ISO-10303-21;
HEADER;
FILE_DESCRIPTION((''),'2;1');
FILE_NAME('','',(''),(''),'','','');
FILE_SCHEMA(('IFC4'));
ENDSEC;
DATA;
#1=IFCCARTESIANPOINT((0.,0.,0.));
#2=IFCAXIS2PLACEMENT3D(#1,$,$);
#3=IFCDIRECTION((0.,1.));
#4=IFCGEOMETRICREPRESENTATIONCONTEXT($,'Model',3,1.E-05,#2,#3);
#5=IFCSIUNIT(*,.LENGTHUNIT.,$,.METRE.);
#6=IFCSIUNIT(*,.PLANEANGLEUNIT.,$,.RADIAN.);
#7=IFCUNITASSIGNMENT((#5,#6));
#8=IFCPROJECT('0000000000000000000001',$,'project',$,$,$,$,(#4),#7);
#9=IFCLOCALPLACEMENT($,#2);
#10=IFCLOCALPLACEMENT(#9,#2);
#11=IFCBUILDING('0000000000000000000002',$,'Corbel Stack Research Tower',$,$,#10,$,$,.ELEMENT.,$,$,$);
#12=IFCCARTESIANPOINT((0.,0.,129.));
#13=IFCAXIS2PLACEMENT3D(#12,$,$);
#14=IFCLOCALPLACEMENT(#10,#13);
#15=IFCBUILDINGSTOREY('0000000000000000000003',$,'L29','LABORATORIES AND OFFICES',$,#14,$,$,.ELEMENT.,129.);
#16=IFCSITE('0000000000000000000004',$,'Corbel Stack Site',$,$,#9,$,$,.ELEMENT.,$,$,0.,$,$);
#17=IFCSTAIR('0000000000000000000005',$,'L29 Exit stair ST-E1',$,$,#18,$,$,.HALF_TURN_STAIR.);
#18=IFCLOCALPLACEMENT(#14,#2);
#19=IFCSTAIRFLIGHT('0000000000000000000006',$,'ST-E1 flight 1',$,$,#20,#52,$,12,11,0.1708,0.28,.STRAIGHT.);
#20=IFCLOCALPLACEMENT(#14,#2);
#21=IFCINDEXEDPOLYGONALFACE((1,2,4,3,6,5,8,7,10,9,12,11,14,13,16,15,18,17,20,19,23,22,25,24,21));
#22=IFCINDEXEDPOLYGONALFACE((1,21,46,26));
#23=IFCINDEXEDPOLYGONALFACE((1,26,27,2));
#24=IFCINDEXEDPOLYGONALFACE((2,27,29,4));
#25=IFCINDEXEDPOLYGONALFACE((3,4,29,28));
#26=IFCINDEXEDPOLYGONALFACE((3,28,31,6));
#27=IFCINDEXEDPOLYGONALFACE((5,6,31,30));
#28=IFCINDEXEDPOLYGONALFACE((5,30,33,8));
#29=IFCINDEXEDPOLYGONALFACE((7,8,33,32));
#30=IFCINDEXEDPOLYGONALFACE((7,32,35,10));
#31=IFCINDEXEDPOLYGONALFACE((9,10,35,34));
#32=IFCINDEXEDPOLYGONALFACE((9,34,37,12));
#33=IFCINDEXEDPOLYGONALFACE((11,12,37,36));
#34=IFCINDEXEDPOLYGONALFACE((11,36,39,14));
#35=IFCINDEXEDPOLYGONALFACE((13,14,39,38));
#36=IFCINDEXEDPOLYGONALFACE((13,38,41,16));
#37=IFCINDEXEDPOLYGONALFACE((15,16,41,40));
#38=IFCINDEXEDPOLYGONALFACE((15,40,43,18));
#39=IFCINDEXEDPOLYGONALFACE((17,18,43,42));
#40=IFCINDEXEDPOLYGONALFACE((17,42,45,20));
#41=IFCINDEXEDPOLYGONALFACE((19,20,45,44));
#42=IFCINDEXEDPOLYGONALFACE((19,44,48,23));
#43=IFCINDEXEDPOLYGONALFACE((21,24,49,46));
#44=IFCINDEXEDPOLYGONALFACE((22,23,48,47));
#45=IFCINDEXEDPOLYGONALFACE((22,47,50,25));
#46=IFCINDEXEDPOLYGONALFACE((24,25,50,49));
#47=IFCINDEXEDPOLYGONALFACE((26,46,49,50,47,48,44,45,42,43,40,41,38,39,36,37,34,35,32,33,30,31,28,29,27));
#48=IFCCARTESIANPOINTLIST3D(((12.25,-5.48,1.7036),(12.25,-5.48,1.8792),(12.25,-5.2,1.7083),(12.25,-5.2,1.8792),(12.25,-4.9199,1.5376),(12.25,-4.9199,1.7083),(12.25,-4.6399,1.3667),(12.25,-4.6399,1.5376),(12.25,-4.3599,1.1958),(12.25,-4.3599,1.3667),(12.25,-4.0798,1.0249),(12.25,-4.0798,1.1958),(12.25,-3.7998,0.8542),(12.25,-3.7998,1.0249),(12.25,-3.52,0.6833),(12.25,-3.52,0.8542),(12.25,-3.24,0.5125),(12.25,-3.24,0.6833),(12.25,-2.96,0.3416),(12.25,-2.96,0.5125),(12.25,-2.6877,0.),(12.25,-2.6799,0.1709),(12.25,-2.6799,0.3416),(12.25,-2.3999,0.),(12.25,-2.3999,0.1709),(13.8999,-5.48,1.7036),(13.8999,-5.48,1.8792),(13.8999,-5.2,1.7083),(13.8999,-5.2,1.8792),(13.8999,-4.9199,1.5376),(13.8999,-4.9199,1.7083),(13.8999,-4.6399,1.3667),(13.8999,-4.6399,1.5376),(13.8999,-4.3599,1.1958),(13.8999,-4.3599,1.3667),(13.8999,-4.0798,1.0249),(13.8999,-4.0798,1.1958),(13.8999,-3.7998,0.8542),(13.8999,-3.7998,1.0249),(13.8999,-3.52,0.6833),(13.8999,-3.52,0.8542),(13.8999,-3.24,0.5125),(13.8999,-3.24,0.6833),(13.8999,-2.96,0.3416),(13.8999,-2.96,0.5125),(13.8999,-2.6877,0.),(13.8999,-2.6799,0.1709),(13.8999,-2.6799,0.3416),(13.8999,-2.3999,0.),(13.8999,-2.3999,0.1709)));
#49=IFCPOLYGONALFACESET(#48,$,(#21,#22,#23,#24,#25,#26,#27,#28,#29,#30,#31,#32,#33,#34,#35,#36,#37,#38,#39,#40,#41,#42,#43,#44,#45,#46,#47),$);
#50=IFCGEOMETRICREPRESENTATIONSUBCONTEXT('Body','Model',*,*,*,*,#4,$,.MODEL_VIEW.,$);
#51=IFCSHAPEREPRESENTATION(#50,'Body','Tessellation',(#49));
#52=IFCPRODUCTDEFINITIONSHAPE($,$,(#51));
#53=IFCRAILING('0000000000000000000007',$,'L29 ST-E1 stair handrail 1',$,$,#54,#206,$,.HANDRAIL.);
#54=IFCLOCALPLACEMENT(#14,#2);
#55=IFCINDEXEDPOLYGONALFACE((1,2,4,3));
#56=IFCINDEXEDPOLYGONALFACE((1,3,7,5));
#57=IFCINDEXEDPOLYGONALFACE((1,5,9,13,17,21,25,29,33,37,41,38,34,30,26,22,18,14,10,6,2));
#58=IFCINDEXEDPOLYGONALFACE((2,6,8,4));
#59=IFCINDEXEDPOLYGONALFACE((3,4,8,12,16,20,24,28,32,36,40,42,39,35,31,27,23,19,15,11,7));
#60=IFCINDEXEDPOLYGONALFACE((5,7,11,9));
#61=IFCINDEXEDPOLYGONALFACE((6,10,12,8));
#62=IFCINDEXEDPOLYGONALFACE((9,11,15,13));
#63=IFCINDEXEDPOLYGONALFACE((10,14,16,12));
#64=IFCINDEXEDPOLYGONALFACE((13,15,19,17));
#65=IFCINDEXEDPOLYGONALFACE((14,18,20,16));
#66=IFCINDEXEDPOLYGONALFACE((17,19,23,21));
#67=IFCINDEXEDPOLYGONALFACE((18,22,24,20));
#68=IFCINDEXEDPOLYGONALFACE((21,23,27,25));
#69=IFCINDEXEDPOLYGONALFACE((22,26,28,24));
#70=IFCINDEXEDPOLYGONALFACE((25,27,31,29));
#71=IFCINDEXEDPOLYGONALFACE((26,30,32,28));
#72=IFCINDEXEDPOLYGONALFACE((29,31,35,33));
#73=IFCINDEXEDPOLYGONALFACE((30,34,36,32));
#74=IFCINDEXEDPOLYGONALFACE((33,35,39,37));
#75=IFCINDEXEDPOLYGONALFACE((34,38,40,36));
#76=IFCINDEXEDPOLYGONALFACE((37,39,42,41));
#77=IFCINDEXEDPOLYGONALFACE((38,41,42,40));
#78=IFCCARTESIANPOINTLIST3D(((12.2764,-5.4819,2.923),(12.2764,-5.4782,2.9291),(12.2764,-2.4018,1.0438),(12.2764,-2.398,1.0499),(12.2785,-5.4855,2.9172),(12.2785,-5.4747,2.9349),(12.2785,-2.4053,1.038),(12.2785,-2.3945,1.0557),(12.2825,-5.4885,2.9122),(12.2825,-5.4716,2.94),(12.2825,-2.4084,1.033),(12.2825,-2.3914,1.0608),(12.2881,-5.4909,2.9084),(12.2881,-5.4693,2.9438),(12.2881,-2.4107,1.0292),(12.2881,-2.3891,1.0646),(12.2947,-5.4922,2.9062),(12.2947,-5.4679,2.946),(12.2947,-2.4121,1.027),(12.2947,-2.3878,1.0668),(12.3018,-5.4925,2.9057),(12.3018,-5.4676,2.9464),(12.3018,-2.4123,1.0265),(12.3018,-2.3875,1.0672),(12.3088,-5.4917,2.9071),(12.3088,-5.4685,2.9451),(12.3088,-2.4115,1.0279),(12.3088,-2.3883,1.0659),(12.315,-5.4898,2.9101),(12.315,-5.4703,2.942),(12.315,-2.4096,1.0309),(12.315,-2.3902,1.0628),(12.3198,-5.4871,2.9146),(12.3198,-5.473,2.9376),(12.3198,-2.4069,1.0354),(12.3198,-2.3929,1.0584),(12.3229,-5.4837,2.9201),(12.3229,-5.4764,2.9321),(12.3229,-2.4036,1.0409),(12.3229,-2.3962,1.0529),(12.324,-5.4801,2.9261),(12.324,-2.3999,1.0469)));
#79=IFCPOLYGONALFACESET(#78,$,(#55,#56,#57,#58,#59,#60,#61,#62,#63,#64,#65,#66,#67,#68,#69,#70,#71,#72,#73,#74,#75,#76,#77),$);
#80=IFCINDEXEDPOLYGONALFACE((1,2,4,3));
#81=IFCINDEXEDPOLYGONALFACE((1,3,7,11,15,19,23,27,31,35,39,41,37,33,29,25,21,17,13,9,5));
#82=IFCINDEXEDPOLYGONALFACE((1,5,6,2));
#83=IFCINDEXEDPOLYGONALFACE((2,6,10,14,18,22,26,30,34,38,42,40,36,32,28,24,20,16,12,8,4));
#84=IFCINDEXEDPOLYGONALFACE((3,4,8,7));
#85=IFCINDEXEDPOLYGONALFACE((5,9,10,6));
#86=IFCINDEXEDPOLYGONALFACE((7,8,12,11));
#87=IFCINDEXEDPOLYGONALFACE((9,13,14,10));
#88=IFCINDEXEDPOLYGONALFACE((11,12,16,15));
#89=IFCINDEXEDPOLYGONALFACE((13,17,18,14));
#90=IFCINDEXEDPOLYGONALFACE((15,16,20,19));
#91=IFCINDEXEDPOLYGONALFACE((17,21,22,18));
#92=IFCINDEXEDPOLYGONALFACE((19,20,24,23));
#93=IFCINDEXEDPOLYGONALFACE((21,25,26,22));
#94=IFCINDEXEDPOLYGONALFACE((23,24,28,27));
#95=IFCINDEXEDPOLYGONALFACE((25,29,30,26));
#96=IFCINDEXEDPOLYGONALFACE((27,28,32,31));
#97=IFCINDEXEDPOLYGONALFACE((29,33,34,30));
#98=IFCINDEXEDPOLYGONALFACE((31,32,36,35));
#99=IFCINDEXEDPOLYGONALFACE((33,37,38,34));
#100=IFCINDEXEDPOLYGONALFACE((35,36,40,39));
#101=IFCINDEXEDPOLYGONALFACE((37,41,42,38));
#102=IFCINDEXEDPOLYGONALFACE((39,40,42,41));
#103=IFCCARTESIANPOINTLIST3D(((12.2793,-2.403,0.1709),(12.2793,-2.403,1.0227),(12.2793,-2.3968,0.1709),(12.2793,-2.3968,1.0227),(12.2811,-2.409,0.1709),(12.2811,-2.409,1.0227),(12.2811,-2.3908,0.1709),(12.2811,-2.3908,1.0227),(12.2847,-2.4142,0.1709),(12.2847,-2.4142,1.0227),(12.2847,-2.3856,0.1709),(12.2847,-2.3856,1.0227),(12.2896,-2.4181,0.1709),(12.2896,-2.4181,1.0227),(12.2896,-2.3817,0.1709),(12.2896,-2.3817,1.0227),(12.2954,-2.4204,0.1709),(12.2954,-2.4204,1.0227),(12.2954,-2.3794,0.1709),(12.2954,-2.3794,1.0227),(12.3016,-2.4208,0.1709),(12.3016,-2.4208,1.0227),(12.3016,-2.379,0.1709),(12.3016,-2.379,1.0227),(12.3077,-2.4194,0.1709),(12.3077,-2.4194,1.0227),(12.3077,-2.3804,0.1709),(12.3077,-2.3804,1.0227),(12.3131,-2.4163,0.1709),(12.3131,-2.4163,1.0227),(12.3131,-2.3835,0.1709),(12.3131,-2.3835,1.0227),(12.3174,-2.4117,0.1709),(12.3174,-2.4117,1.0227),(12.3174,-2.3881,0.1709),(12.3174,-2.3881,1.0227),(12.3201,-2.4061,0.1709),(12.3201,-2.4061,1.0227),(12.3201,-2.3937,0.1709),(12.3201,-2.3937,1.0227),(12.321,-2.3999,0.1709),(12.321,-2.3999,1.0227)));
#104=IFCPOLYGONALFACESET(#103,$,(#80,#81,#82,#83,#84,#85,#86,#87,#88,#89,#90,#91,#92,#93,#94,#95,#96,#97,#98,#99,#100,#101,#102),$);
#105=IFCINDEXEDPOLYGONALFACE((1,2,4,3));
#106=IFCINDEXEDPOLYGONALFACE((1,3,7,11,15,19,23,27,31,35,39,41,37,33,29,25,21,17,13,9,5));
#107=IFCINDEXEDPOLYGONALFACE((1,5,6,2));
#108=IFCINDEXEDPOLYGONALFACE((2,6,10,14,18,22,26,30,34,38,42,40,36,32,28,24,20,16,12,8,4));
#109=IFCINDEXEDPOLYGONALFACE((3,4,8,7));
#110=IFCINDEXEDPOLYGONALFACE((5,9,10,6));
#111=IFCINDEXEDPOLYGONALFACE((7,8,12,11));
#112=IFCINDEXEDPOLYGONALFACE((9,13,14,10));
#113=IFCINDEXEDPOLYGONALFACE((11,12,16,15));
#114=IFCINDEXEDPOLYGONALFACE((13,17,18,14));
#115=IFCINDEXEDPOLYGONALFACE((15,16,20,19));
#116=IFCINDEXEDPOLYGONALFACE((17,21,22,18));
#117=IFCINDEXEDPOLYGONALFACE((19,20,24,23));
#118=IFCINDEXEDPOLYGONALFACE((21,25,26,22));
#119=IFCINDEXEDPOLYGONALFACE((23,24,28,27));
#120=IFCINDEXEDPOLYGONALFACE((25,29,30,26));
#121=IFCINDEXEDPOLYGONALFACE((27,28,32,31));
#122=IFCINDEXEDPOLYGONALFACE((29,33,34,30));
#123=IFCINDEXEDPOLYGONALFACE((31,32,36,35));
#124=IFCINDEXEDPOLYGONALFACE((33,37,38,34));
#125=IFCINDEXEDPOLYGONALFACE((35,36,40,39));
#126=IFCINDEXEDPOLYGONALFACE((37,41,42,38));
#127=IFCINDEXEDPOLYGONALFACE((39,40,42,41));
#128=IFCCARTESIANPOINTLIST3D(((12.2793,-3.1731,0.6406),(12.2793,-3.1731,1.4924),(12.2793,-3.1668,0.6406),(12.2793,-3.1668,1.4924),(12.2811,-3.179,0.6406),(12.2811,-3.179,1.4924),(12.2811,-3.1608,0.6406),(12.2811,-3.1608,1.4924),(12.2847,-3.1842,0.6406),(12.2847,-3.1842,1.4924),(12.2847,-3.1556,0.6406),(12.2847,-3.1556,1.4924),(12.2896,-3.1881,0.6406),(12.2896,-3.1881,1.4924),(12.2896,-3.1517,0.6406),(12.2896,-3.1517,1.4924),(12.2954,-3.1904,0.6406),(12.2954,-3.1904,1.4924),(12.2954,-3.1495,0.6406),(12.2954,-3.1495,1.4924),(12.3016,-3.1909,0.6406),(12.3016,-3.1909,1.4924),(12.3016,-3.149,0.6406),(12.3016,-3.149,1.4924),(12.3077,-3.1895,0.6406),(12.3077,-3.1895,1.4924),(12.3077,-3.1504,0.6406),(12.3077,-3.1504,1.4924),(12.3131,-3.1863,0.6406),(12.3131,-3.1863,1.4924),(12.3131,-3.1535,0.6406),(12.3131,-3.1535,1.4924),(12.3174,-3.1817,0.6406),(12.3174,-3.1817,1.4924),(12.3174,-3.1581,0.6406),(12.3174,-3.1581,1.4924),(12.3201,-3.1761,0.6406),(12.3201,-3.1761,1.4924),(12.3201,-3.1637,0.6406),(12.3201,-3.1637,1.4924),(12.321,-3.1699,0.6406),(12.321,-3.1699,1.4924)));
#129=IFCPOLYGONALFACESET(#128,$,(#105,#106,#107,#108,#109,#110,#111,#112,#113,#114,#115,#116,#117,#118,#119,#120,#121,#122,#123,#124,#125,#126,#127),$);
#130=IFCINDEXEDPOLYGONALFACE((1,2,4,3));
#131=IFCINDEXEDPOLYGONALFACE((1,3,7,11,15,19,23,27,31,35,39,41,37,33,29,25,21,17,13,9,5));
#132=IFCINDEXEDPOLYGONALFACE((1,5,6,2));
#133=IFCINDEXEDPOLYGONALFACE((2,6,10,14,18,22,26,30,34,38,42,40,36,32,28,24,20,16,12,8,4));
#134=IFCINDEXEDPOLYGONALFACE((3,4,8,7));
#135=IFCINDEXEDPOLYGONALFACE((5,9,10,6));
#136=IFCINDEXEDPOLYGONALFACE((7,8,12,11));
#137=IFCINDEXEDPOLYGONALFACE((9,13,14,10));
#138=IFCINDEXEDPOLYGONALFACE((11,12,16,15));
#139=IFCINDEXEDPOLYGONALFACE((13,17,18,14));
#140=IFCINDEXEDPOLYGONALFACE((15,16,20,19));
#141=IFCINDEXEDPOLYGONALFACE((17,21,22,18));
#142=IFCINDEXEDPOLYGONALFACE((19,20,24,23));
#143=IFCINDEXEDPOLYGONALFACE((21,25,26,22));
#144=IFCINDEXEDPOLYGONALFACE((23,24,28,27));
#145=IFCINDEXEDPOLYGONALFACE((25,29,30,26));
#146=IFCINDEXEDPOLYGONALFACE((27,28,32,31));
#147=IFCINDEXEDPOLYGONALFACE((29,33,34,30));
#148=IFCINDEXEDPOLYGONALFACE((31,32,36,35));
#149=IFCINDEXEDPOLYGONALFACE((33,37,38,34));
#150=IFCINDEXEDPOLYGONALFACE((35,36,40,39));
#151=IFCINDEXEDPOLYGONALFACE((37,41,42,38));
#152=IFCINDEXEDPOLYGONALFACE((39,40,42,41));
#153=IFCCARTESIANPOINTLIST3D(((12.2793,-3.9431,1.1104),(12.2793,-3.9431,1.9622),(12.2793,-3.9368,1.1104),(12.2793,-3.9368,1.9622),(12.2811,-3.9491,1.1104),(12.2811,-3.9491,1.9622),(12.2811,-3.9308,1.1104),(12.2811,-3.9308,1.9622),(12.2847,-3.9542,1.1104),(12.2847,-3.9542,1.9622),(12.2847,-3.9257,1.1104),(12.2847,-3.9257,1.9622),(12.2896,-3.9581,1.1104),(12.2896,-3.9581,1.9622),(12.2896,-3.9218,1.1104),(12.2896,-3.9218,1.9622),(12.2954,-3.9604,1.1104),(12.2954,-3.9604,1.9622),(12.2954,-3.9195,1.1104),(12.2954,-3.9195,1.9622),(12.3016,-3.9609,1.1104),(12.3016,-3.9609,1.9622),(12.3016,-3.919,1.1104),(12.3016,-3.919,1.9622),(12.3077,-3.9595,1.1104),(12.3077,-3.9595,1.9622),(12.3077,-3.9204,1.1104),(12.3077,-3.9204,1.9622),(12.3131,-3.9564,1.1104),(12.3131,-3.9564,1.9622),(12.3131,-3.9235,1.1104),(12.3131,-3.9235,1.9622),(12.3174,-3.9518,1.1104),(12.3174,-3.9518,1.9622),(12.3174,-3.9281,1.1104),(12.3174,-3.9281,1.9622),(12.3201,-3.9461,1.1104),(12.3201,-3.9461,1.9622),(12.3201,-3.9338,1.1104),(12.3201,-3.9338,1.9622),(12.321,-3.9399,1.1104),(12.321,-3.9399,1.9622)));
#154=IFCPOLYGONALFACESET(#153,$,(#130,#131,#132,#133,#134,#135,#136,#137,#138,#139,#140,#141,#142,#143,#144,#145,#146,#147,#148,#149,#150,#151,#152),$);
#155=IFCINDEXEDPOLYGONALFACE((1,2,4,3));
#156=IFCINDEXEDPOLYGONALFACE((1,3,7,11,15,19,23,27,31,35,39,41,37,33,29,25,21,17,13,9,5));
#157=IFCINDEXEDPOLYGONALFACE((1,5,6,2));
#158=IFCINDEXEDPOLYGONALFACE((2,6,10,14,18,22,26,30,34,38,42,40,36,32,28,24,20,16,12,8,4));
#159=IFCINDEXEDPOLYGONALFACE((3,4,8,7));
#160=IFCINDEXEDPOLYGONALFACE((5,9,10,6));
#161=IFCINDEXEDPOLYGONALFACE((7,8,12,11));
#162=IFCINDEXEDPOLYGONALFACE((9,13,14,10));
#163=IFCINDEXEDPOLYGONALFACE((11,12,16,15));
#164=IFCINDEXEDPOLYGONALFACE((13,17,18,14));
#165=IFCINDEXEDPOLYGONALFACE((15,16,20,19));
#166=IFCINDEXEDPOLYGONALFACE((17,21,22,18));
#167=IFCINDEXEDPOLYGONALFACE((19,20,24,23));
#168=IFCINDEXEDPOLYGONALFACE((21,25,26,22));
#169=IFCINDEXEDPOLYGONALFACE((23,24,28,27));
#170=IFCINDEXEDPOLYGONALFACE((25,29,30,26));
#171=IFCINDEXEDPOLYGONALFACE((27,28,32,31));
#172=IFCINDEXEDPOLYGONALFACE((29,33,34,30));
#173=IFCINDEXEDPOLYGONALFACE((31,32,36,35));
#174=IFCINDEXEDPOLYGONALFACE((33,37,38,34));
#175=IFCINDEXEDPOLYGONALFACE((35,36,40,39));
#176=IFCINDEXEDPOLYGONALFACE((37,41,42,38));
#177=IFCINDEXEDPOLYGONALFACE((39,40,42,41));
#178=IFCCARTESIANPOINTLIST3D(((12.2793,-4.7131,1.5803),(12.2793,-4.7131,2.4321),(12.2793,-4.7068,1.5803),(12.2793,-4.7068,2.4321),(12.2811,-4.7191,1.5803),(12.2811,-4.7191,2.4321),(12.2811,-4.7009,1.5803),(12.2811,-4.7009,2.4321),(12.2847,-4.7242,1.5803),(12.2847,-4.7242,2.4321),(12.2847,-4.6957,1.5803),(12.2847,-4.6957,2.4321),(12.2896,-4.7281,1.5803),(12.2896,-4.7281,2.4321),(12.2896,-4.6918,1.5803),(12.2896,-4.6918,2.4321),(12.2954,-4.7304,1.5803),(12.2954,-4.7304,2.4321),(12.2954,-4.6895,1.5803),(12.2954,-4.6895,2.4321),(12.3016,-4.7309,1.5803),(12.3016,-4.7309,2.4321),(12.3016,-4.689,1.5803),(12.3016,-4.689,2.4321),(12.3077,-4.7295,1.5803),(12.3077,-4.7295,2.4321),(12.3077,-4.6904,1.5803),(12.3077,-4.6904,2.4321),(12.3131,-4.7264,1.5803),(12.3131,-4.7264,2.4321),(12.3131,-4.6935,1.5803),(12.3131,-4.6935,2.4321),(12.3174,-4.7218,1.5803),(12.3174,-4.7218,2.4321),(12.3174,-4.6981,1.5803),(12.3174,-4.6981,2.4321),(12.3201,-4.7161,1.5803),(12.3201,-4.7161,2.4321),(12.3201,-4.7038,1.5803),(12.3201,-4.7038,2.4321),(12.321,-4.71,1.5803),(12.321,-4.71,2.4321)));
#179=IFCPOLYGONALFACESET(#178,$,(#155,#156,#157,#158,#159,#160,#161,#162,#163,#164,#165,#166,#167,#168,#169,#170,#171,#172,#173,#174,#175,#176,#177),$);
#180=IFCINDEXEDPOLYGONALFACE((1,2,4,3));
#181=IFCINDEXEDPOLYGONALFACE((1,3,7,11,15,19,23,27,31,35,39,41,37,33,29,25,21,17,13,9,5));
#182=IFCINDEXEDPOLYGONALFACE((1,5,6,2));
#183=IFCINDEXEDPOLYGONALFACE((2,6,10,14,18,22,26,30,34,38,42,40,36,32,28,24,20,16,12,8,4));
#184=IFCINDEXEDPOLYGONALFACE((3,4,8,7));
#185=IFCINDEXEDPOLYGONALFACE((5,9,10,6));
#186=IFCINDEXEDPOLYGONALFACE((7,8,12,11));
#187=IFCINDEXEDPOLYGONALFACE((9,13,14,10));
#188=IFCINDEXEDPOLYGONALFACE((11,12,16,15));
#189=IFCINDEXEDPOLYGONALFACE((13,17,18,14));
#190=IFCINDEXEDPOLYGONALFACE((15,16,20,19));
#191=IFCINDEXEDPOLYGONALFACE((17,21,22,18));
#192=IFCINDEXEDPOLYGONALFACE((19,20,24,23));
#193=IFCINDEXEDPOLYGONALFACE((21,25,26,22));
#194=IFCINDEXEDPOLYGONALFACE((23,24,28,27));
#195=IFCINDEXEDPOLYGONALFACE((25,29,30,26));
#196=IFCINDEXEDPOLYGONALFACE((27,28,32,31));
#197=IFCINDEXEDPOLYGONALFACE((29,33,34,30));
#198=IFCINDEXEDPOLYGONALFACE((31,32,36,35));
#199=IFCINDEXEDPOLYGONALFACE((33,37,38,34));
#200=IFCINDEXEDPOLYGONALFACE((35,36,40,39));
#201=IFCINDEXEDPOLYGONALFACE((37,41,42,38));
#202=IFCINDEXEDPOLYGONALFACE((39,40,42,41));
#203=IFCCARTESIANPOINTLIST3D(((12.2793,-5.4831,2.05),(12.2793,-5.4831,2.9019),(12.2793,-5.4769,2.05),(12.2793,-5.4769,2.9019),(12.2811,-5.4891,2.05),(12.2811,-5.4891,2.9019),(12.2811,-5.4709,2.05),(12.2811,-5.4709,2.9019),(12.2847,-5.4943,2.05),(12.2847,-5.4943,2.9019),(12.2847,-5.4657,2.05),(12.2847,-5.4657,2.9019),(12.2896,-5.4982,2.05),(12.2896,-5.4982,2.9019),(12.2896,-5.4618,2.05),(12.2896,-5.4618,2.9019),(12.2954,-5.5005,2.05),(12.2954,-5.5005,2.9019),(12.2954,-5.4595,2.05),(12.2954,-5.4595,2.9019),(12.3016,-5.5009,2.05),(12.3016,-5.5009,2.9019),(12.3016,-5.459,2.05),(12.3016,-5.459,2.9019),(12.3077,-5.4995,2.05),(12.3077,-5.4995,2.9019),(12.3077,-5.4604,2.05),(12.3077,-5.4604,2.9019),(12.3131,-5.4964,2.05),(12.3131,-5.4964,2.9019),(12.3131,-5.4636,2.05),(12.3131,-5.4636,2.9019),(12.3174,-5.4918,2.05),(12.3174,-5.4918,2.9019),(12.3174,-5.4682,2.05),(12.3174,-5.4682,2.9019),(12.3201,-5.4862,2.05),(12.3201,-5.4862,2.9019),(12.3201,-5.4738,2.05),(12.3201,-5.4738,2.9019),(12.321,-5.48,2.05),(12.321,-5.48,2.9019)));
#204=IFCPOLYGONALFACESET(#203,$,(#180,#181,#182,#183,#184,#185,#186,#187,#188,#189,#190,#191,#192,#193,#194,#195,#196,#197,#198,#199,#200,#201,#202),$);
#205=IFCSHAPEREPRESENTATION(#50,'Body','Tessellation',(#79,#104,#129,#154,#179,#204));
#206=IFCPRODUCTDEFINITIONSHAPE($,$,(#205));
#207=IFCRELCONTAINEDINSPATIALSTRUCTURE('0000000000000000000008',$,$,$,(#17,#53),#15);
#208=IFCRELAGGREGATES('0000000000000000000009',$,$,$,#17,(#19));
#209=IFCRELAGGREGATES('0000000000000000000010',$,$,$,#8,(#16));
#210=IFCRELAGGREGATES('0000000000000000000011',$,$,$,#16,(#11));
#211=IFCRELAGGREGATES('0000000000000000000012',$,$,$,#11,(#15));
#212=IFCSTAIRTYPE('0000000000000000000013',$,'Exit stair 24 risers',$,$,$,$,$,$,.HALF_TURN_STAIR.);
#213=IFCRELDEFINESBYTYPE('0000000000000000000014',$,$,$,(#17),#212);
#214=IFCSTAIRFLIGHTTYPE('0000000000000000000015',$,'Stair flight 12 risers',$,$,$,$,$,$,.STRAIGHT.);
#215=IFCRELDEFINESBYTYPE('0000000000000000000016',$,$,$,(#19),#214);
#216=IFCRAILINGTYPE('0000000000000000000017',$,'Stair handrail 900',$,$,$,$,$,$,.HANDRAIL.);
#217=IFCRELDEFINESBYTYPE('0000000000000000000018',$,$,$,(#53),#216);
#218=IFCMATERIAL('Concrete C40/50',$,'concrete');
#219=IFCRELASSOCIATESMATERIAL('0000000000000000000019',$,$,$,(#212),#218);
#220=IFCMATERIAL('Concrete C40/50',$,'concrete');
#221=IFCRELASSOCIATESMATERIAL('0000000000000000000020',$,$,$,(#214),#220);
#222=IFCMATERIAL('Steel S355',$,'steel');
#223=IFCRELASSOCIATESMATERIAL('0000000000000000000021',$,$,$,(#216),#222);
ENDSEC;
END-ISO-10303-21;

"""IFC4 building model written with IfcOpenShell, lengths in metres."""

from ifc_helpers import new_model, si_unit, direction, frame, origin, origin_2d, place, context, subcontext, project, spatial, polyline, circle, outline, extrude, material, type_object, element, aggregate, save


model = new_model("IFC4")

# Units and contexts
model_context = context("Model", 3, precision=1e-05, world=origin(), true_north=direction((0.0, 1.0)))
body_context = subcontext(model_context, "Body", "Model", "MODEL_VIEW")
ifc_project = project(units=[si_unit("LENGTHUNIT", "METRE"), si_unit("PLANEANGLEUNIT", "RADIAN")], contexts=[model_context])

# Site, building, storey
site_placement = place(None, origin())
site = spatial("IfcSite", under=ifc_project, at=site_placement, Name="Corbel Stack Site", CompositionType="ELEMENT", RefElevation=0.0)
building_placement = place(site_placement, origin())
building = spatial("IfcBuilding", under=site, at=building_placement, Name="Corbel Stack Research Tower", CompositionType="ELEMENT")
storey_placement = place(building_placement, frame((0.0, 0.0, 129.0)))
storey = spatial("IfcBuildingStorey", under=building, at=storey_placement, Name="L29", Description="LABORATORIES AND OFFICES", CompositionType="ELEMENT", Elevation=129.0)

# Stair
ifc_material_1 = material(Name="Concrete C40/50", Category="concrete")
stair_type = type_object("IfcStairType", Name="Exit stair 24 risers", PredefinedType="HALF_TURN_STAIR", material=ifc_material_1)
stair_1_placement = place(storey_placement, origin())
stair_1 = element("IfcStair", 1, at=stair_1_placement, inside=storey, type_object=stair_type, Name="L29 Exit stair ST-E1", PredefinedType="HALF_TURN_STAIR")

# Stair flight
ifc_material_2 = material(Name="Concrete C40/50", Category="concrete")
stair_flight_type = type_object("IfcStairFlightType", Name="Stair flight 12 risers", PredefinedType="STRAIGHT", material=ifc_material_2)
stair_flight_placement = place(storey_placement, frame((13.075, -2.3999, 0.0), z_axis=(0.0, 0.0, 1.0), x_axis=(0.0, -1.0, 0.0)))
stair_flight = element("IfcStairFlight", 2, at=stair_flight_placement, type_object=stair_flight_type, Name="ST-E1 flight 1", NumberOfRisers=12, NumberOfTreads=11, PredefinedType="STRAIGHT", RiserHeight=0.1708, TreadLength=0.28, context=body_context, shape_type="SweptSolid", body=[
    extrude(outline(polyline([(0.0, 0.0), (0.0, 0.1709), (0.28, 0.1709), (0.28, 0.3416), (0.5601, 0.3416), (0.5601, 0.5125), (0.8401, 0.5125), (0.8401, 0.6833), (1.1201, 0.6833), (1.1201, 0.8542), (1.3999, 0.8542), (1.3999, 1.0249), (1.6799, 1.0249), (1.6799, 1.1958), (1.96, 1.1958), (1.96, 1.3667), (2.24, 1.3667), (2.24, 1.5376), (2.52, 1.5376), (2.52, 1.7083), (2.8, 1.7083), (2.8, 1.8792), (3.0801, 1.8792), (3.0801, 2.05), (3.0801, 1.7036), (0.2878, 0.0), (0.0, 0.0)])), frame((0.0, 0.825, 0.0), z_axis=(0.0, -1.0, 0.0), x_axis=(1.0, 0.0, 0.0)), (0.0, 0.0, 1.0), 1.6499),
])
aggregate(stair_1, [stair_flight])

# Railing
ifc_material_3 = material(Name="Steel S355", Category="steel")
railing_type = type_object("IfcRailingType", Name="Stair handrail 900", PredefinedType="HANDRAIL", material=ifc_material_3)
railing_placement = place(storey_placement, frame((12.3, -2.3999, 0.1709)))
element("IfcRailing", 3, at=railing_placement, inside=storey, type_object=railing_type, Name="L29 ST-E1 stair handrail 1", PredefinedType="HANDRAIL", context=body_context, shape_type="SweptSolid", body=[
    extrude(circle(Radius=0.0239, at=origin_2d()), frame((0.0, 0.0, 0.876), z_axis=(0.0, -0.853666, 0.52082), x_axis=(1.0, 0.0, 0.0)), (0.0, 0.0, 1.0), 3.6082),
    extrude(circle(Radius=0.021, at=origin_2d()), origin(), (0.0, 0.0, 1.0), 0.8518),
    extrude(circle(Radius=0.021, at=origin_2d()), frame((0.0, -0.77, 0.4697)), (0.0, 0.0, 1.0), 0.8518),
    extrude(circle(Radius=0.021, at=origin_2d()), frame((0.0, -1.54, 0.9395)), (0.0, 0.0, 1.0), 0.8518),
    extrude(circle(Radius=0.021, at=origin_2d()), frame((0.0, -2.3101, 1.4094)), (0.0, 0.0, 1.0), 0.8518),
    extrude(circle(Radius=0.021, at=origin_2d()), frame((0.0, -3.0801, 1.8792)), (0.0, 0.0, 1.0), 0.8518),
])

save(model, "model.ifc")
